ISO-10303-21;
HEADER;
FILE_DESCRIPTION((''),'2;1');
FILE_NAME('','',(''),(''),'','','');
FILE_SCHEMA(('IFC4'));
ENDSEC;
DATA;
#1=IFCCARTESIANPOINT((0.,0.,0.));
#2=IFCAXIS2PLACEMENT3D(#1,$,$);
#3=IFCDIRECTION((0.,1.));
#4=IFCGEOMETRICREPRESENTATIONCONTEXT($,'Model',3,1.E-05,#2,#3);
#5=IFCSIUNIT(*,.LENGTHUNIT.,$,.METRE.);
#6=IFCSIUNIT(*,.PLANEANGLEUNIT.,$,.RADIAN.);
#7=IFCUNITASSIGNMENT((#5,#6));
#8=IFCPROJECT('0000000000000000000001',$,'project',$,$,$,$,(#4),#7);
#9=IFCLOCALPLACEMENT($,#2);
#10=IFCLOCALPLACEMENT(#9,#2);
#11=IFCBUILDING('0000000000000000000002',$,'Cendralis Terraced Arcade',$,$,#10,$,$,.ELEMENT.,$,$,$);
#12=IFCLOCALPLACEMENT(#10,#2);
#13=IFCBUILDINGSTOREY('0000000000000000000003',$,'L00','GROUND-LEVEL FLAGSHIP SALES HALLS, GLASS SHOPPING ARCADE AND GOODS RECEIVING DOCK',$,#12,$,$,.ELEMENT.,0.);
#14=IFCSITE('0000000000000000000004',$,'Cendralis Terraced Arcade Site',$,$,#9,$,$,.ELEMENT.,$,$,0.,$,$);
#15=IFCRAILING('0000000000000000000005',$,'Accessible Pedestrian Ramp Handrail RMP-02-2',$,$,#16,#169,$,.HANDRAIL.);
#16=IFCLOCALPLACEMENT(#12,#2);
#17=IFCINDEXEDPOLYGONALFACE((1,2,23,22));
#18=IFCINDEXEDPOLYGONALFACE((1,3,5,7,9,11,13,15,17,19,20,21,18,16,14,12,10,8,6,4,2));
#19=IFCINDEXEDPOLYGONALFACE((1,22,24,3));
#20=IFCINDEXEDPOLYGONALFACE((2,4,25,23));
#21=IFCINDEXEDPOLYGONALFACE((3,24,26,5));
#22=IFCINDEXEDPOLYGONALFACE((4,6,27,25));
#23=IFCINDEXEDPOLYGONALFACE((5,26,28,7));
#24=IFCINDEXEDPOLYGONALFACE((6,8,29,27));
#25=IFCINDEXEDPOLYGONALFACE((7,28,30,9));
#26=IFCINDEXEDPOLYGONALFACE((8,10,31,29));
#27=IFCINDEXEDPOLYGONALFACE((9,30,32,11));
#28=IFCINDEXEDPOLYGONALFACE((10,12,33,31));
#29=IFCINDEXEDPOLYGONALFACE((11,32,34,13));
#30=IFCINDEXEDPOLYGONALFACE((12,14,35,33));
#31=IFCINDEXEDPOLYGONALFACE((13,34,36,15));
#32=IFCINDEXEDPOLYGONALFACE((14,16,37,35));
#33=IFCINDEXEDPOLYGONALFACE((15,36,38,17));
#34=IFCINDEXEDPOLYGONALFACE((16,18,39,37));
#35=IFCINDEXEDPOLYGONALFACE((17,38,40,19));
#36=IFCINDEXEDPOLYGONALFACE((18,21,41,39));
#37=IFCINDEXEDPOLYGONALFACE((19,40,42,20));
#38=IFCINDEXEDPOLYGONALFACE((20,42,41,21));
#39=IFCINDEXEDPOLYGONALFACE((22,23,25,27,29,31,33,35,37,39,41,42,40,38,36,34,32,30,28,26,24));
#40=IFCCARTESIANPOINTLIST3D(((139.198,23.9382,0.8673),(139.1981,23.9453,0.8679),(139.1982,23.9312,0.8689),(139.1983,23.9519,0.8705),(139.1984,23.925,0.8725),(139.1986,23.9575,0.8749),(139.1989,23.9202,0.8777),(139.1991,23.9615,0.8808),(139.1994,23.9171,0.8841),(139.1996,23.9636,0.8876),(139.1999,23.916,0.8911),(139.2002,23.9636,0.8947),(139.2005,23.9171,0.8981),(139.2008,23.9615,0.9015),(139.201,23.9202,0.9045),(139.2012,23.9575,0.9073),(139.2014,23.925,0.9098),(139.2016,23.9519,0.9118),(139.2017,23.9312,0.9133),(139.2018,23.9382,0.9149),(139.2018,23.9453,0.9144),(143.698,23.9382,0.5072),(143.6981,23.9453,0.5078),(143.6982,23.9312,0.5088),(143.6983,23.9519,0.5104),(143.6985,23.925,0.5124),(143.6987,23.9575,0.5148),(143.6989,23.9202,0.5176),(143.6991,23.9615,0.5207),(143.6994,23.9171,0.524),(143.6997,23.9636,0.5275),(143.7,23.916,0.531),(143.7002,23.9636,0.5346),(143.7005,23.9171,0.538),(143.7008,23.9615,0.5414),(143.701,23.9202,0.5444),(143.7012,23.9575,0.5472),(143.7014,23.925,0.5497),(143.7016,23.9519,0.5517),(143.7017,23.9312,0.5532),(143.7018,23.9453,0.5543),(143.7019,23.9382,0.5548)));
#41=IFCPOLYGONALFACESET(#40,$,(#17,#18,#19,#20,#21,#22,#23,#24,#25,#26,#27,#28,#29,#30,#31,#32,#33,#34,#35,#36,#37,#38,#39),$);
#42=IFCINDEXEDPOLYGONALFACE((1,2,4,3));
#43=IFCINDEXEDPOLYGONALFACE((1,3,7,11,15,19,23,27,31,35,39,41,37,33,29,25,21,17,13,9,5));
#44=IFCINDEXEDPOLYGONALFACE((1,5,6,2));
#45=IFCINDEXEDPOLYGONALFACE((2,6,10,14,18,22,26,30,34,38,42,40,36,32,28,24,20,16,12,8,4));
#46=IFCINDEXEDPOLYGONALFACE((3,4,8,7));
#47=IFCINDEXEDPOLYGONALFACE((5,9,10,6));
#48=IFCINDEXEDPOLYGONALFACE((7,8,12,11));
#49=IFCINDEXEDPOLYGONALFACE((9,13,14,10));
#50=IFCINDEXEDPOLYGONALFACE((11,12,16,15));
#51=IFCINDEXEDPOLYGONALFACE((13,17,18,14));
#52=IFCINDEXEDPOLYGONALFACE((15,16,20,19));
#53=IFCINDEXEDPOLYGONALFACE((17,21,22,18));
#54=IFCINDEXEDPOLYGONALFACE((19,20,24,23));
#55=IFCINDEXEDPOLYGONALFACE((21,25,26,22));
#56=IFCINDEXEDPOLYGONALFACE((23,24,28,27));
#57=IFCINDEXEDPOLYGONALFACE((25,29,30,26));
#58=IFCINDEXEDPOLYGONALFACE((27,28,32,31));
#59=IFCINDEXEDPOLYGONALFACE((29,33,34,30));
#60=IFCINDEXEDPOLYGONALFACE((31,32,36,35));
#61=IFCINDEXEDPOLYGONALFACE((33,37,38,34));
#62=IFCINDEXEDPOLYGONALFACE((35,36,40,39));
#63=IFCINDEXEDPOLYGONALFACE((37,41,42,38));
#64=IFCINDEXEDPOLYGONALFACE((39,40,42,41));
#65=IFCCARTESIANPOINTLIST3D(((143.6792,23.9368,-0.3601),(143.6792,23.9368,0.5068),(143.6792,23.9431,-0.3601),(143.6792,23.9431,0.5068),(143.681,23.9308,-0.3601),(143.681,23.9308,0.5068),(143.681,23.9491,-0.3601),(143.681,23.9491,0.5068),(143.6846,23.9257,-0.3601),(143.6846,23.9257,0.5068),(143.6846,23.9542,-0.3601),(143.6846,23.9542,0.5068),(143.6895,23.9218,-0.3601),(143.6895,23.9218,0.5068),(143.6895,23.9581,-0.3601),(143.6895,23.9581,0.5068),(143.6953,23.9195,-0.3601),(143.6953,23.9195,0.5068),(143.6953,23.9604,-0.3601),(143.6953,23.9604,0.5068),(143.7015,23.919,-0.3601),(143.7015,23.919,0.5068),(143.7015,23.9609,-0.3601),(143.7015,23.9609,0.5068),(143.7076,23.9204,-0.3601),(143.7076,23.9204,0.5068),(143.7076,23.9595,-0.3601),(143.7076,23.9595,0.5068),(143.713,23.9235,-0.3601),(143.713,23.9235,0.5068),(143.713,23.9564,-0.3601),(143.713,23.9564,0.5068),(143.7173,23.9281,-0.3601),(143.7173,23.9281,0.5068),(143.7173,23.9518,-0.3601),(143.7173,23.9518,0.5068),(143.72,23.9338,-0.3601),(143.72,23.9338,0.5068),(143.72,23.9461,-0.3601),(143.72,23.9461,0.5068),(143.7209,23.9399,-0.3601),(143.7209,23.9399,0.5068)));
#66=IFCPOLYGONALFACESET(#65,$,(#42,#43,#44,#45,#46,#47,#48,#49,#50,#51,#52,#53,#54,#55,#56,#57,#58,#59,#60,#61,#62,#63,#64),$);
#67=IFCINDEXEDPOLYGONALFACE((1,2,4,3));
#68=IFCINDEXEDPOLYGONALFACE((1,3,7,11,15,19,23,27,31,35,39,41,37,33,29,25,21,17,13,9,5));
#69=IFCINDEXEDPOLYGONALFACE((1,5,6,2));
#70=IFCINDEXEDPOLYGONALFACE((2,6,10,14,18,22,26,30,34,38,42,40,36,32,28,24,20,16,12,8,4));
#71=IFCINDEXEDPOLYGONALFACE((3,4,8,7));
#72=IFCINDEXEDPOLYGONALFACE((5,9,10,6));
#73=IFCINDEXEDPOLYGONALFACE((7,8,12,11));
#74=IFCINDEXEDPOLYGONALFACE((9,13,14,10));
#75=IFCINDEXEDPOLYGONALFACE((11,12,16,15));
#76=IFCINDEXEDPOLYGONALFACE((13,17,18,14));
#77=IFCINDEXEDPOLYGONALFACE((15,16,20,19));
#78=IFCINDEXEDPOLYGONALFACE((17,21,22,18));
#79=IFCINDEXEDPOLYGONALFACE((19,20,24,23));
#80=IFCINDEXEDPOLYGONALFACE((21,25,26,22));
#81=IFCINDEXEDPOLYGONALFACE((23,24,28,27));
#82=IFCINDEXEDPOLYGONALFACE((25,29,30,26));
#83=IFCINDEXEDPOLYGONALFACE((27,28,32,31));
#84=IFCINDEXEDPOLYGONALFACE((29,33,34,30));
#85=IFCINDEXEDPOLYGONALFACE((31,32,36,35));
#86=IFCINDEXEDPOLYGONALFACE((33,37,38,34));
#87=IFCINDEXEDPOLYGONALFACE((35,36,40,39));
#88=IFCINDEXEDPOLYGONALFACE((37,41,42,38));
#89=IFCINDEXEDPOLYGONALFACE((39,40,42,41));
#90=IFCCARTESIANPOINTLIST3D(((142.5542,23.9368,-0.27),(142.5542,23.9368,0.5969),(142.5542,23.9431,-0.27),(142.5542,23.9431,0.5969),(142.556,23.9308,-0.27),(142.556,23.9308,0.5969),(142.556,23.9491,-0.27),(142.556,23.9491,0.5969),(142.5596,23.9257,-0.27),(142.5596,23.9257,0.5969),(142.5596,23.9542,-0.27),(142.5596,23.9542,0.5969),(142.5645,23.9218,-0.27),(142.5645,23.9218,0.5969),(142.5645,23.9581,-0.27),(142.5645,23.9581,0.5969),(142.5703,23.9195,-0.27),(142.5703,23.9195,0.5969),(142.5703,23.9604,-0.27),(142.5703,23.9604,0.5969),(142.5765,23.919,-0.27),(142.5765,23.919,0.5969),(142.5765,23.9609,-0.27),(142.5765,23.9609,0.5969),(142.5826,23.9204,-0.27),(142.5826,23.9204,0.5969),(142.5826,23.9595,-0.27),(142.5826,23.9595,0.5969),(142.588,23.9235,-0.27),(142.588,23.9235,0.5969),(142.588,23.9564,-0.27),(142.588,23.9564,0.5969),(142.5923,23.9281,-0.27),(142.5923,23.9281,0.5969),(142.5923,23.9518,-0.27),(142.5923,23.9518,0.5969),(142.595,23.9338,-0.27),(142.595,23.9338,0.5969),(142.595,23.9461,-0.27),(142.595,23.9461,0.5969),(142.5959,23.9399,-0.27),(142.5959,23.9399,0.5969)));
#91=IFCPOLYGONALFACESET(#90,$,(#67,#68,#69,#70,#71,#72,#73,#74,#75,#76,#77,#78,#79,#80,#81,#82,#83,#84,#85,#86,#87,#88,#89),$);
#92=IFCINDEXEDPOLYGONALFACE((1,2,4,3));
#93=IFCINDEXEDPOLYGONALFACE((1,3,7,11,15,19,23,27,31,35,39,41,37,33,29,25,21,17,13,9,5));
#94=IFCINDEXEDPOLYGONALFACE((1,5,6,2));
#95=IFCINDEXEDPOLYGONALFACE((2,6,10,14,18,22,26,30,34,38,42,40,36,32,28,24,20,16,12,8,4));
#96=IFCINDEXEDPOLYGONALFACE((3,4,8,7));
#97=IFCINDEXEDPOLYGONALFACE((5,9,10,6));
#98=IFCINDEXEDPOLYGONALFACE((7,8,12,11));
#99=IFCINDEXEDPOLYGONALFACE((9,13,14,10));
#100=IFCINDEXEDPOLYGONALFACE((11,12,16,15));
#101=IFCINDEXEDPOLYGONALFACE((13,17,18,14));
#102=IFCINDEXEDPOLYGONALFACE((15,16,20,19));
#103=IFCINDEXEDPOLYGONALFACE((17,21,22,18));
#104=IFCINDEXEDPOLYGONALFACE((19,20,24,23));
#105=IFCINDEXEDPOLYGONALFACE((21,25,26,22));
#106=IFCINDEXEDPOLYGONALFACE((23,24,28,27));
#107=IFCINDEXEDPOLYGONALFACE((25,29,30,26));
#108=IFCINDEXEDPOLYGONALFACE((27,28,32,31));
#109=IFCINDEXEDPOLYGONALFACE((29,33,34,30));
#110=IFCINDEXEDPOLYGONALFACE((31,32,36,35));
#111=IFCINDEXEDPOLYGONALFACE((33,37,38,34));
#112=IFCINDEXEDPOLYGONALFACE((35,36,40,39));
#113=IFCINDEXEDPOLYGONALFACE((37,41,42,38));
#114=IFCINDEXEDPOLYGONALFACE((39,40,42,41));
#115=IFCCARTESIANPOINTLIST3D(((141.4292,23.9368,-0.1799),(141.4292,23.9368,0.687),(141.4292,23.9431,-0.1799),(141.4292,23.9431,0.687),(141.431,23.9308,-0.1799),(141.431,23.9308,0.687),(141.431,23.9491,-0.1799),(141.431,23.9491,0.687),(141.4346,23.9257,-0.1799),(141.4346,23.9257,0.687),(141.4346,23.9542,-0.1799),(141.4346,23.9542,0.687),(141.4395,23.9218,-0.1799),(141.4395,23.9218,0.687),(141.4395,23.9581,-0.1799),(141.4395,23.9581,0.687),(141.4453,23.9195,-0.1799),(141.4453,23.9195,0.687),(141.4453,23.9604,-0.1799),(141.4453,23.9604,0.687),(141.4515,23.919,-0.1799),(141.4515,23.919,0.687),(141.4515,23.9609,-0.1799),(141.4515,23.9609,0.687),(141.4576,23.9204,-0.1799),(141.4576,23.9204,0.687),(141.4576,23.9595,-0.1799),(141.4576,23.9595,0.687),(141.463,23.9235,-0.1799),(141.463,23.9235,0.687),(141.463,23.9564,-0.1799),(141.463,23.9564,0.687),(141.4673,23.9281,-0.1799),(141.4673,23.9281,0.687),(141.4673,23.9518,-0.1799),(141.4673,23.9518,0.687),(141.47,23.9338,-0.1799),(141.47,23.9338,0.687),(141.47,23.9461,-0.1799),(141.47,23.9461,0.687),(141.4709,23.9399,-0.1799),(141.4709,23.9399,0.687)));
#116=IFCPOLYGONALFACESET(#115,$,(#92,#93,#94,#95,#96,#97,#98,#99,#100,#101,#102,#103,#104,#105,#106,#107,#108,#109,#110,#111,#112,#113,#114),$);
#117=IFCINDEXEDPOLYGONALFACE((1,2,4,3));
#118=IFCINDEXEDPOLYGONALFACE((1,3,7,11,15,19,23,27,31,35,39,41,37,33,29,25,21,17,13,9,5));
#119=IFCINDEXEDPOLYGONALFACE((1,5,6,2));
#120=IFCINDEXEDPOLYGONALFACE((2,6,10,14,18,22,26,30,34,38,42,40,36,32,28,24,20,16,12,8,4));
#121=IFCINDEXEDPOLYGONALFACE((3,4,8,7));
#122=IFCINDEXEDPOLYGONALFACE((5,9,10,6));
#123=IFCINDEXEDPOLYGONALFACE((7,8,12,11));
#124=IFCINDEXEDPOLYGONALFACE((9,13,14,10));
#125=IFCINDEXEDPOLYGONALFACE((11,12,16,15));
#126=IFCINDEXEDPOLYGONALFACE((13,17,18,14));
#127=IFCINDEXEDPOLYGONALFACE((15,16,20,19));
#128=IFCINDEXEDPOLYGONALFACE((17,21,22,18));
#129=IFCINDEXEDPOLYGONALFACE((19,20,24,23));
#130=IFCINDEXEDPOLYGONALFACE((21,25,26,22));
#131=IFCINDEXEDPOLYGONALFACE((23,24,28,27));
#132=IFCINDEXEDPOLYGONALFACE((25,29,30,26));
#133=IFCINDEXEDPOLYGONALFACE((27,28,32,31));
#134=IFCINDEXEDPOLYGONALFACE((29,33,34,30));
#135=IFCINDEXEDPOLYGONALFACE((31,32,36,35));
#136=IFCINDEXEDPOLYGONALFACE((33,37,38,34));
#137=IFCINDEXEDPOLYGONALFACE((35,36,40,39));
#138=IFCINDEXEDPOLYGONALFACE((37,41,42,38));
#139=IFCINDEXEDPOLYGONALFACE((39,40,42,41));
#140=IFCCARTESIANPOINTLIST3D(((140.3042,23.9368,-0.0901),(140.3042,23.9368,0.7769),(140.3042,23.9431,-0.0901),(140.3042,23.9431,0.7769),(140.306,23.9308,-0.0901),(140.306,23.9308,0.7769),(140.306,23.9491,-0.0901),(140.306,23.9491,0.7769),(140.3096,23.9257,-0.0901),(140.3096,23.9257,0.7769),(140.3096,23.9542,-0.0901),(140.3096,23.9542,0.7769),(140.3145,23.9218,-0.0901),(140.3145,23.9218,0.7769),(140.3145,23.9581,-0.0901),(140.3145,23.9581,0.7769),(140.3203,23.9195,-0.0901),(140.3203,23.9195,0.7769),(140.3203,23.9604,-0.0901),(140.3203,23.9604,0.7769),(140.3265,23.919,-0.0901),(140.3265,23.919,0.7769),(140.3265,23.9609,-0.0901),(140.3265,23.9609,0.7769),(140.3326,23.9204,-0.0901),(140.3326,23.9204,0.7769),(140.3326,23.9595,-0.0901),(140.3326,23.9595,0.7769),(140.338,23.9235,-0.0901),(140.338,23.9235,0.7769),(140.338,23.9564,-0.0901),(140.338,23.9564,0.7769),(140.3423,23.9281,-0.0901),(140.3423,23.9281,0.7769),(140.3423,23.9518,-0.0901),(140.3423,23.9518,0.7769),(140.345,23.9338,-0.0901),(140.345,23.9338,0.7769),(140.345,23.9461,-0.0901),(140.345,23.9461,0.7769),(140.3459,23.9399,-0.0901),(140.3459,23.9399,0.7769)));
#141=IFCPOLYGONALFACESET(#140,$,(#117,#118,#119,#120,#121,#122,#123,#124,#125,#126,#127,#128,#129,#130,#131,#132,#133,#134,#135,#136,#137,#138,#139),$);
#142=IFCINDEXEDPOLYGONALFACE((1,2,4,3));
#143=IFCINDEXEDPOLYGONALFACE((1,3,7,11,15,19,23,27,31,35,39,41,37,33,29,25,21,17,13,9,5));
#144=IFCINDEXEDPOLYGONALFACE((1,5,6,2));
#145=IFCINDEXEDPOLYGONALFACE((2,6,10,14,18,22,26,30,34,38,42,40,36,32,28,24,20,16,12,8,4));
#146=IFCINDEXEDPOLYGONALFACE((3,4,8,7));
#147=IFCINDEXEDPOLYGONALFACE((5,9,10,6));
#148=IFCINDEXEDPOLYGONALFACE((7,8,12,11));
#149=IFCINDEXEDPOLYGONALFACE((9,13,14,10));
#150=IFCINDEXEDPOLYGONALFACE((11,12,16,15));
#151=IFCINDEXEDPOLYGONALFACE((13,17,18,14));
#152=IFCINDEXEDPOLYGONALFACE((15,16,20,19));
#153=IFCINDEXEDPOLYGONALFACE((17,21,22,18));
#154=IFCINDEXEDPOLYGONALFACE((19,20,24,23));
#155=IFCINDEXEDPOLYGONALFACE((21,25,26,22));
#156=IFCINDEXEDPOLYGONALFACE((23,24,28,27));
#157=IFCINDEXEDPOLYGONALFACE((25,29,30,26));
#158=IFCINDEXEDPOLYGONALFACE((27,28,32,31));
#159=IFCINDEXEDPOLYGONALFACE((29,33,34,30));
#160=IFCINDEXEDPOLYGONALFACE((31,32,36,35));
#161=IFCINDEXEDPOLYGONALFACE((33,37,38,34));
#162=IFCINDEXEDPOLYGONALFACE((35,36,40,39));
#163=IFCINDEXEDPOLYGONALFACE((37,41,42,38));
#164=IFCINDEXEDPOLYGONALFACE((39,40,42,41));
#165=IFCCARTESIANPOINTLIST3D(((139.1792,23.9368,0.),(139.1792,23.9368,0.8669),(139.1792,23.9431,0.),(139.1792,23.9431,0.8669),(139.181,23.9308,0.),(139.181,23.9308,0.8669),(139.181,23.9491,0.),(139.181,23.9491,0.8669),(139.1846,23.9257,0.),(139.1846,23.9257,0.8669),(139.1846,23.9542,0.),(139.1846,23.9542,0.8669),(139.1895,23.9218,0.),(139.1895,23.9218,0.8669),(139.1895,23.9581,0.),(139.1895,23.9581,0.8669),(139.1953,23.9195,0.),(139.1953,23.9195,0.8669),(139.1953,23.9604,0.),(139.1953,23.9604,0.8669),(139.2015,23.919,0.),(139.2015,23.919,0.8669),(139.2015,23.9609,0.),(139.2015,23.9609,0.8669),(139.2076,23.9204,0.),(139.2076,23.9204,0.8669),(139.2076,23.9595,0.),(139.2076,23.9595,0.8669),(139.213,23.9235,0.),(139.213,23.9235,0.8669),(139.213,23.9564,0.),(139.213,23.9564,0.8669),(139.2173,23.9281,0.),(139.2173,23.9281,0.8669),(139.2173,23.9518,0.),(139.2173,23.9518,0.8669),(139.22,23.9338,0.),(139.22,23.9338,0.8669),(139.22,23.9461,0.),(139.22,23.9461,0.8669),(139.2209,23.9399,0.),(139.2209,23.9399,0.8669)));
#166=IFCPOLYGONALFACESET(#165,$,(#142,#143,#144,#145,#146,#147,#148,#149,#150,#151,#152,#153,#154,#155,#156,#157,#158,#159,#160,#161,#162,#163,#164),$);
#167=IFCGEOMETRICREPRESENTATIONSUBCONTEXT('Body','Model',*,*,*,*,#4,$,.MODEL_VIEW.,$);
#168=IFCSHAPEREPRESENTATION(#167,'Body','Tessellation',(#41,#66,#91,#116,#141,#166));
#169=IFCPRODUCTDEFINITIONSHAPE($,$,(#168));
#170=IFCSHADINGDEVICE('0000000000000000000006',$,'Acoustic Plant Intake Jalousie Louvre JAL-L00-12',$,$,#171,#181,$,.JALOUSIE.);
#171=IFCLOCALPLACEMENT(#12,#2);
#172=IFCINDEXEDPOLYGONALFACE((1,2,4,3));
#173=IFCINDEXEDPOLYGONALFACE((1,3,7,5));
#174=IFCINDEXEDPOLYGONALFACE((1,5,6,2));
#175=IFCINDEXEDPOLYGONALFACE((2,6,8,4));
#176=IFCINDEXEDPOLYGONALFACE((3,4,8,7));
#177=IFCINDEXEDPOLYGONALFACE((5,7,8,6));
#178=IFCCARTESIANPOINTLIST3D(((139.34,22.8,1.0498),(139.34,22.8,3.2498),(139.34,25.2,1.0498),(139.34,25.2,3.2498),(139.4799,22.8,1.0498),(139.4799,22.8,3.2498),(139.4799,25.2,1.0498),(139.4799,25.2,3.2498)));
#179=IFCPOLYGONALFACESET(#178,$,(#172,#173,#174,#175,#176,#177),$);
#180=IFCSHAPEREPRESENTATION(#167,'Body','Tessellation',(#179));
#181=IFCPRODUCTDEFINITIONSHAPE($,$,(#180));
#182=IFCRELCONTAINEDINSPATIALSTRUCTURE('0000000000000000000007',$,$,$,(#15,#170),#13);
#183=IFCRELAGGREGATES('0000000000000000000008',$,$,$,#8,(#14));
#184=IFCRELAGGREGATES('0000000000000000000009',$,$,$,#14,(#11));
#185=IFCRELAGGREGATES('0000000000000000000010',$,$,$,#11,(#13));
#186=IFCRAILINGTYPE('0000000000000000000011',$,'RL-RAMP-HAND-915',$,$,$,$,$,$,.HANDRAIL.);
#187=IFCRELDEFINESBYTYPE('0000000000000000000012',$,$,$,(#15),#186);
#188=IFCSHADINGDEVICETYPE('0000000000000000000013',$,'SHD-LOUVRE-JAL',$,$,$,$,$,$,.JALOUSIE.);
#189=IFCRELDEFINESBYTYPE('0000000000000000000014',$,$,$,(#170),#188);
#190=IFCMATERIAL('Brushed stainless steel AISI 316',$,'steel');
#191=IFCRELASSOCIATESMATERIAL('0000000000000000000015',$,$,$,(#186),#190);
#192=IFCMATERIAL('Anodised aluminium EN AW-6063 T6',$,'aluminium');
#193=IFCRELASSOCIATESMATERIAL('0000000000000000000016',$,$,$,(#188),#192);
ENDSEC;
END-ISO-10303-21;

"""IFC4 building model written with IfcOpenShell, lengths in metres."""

from ifc_helpers import new_model, si_unit, direction, frame, origin, origin_2d, place, context, subcontext, project, spatial, rectangle, circle, extrude, material, type_object, element, save


model = new_model("IFC4")

# Units and contexts
model_context = context("Model", 3, precision=1e-05, world=origin(), true_north=direction((0.0, 1.0)))
body_context = subcontext(model_context, "Body", "Model", "MODEL_VIEW")
ifc_project = project(units=[si_unit("LENGTHUNIT", "METRE"), si_unit("PLANEANGLEUNIT", "RADIAN")], contexts=[model_context])

# Site, building, storey
site_placement = place(None, origin())
site = spatial("IfcSite", under=ifc_project, at=site_placement, Name="Cendralis Terraced Arcade Site", CompositionType="ELEMENT", RefElevation=0.0)
building_placement = place(site_placement, origin())
building = spatial("IfcBuilding", under=site, at=building_placement, Name="Cendralis Terraced Arcade", CompositionType="ELEMENT")
storey_placement = place(building_placement, origin())
storey = spatial("IfcBuildingStorey", under=building, at=storey_placement, Name="L00", Description="GROUND-LEVEL FLAGSHIP SALES HALLS, GLASS SHOPPING ARCADE AND GOODS RECEIVING DOCK", CompositionType="ELEMENT", Elevation=0.0)

# Railing
ifc_material_1 = material(Name="Brushed stainless steel AISI 316", Category="steel")
railing_type = type_object("IfcRailingType", Name="RL-RAMP-HAND-915", PredefinedType="HANDRAIL", material=ifc_material_1)
for number, where, name in (
    (1, (143.7, 23.9399, -0.3601), "Accessible Pedestrian Ramp Handrail RMP-02-2"),
):
    element("IfcRailing", number, at=place(storey_placement, frame(where)), inside=storey, type_object=railing_type, Name=name, PredefinedType="HANDRAIL", context=body_context, shape_type="SweptSolid", body=[
        extrude(circle(Radius=0.0239, at=origin_2d()), frame((0.0, 0.0, 0.8911), z_axis=(-0.996813, 0.0, 0.079769), x_axis=(0.0, -1.0, 0.0)), (0.0, 0.0, 1.0), 4.5144),
        extrude(circle(Radius=0.021, at=origin_2d()), origin(), (0.0, 0.0, 1.0), 0.8669),
        extrude(circle(Radius=0.021, at=origin_2d()), frame((-1.125, 0.0, 0.0901)), (0.0, 0.0, 1.0), 0.8669),
        extrude(circle(Radius=0.021, at=origin_2d()), frame((-2.25, 0.0, 0.1802)), (0.0, 0.0, 1.0), 0.8669),
        extrude(circle(Radius=0.021, at=origin_2d()), frame((-3.375, 0.0, 0.27)), (0.0, 0.0, 1.0), 0.8669),
        extrude(circle(Radius=0.021, at=origin_2d()), frame((-4.5, 0.0, 0.3601)), (0.0, 0.0, 1.0), 0.8669),
    ])

# Shading device
ifc_material_2 = material(Name="Anodised aluminium EN AW-6063 T6", Category="aluminium")
shading_device_type = type_object("IfcShadingDeviceType", Name="SHD-LOUVRE-JAL", PredefinedType="JALOUSIE", material=ifc_material_2)
shading_device_placement = place(storey_placement, frame((139.4099, 24.0, 1.0498), z_axis=(0.0, 0.0, 1.0), x_axis=(0.0, -1.0, 0.0)))
element("IfcShadingDevice", 2, at=shading_device_placement, inside=storey, type_object=shading_device_type, Name="Acoustic Plant Intake Jalousie Louvre JAL-L00-12", PredefinedType="JALOUSIE", context=body_context, shape_type="SweptSolid", body=[
    extrude(rectangle(XDim=2.3999, YDim=0.1399, at=origin_2d()), origin(), (0.0, 0.0, 1.0), 2.2),
])

save(model, "model.ifc")
